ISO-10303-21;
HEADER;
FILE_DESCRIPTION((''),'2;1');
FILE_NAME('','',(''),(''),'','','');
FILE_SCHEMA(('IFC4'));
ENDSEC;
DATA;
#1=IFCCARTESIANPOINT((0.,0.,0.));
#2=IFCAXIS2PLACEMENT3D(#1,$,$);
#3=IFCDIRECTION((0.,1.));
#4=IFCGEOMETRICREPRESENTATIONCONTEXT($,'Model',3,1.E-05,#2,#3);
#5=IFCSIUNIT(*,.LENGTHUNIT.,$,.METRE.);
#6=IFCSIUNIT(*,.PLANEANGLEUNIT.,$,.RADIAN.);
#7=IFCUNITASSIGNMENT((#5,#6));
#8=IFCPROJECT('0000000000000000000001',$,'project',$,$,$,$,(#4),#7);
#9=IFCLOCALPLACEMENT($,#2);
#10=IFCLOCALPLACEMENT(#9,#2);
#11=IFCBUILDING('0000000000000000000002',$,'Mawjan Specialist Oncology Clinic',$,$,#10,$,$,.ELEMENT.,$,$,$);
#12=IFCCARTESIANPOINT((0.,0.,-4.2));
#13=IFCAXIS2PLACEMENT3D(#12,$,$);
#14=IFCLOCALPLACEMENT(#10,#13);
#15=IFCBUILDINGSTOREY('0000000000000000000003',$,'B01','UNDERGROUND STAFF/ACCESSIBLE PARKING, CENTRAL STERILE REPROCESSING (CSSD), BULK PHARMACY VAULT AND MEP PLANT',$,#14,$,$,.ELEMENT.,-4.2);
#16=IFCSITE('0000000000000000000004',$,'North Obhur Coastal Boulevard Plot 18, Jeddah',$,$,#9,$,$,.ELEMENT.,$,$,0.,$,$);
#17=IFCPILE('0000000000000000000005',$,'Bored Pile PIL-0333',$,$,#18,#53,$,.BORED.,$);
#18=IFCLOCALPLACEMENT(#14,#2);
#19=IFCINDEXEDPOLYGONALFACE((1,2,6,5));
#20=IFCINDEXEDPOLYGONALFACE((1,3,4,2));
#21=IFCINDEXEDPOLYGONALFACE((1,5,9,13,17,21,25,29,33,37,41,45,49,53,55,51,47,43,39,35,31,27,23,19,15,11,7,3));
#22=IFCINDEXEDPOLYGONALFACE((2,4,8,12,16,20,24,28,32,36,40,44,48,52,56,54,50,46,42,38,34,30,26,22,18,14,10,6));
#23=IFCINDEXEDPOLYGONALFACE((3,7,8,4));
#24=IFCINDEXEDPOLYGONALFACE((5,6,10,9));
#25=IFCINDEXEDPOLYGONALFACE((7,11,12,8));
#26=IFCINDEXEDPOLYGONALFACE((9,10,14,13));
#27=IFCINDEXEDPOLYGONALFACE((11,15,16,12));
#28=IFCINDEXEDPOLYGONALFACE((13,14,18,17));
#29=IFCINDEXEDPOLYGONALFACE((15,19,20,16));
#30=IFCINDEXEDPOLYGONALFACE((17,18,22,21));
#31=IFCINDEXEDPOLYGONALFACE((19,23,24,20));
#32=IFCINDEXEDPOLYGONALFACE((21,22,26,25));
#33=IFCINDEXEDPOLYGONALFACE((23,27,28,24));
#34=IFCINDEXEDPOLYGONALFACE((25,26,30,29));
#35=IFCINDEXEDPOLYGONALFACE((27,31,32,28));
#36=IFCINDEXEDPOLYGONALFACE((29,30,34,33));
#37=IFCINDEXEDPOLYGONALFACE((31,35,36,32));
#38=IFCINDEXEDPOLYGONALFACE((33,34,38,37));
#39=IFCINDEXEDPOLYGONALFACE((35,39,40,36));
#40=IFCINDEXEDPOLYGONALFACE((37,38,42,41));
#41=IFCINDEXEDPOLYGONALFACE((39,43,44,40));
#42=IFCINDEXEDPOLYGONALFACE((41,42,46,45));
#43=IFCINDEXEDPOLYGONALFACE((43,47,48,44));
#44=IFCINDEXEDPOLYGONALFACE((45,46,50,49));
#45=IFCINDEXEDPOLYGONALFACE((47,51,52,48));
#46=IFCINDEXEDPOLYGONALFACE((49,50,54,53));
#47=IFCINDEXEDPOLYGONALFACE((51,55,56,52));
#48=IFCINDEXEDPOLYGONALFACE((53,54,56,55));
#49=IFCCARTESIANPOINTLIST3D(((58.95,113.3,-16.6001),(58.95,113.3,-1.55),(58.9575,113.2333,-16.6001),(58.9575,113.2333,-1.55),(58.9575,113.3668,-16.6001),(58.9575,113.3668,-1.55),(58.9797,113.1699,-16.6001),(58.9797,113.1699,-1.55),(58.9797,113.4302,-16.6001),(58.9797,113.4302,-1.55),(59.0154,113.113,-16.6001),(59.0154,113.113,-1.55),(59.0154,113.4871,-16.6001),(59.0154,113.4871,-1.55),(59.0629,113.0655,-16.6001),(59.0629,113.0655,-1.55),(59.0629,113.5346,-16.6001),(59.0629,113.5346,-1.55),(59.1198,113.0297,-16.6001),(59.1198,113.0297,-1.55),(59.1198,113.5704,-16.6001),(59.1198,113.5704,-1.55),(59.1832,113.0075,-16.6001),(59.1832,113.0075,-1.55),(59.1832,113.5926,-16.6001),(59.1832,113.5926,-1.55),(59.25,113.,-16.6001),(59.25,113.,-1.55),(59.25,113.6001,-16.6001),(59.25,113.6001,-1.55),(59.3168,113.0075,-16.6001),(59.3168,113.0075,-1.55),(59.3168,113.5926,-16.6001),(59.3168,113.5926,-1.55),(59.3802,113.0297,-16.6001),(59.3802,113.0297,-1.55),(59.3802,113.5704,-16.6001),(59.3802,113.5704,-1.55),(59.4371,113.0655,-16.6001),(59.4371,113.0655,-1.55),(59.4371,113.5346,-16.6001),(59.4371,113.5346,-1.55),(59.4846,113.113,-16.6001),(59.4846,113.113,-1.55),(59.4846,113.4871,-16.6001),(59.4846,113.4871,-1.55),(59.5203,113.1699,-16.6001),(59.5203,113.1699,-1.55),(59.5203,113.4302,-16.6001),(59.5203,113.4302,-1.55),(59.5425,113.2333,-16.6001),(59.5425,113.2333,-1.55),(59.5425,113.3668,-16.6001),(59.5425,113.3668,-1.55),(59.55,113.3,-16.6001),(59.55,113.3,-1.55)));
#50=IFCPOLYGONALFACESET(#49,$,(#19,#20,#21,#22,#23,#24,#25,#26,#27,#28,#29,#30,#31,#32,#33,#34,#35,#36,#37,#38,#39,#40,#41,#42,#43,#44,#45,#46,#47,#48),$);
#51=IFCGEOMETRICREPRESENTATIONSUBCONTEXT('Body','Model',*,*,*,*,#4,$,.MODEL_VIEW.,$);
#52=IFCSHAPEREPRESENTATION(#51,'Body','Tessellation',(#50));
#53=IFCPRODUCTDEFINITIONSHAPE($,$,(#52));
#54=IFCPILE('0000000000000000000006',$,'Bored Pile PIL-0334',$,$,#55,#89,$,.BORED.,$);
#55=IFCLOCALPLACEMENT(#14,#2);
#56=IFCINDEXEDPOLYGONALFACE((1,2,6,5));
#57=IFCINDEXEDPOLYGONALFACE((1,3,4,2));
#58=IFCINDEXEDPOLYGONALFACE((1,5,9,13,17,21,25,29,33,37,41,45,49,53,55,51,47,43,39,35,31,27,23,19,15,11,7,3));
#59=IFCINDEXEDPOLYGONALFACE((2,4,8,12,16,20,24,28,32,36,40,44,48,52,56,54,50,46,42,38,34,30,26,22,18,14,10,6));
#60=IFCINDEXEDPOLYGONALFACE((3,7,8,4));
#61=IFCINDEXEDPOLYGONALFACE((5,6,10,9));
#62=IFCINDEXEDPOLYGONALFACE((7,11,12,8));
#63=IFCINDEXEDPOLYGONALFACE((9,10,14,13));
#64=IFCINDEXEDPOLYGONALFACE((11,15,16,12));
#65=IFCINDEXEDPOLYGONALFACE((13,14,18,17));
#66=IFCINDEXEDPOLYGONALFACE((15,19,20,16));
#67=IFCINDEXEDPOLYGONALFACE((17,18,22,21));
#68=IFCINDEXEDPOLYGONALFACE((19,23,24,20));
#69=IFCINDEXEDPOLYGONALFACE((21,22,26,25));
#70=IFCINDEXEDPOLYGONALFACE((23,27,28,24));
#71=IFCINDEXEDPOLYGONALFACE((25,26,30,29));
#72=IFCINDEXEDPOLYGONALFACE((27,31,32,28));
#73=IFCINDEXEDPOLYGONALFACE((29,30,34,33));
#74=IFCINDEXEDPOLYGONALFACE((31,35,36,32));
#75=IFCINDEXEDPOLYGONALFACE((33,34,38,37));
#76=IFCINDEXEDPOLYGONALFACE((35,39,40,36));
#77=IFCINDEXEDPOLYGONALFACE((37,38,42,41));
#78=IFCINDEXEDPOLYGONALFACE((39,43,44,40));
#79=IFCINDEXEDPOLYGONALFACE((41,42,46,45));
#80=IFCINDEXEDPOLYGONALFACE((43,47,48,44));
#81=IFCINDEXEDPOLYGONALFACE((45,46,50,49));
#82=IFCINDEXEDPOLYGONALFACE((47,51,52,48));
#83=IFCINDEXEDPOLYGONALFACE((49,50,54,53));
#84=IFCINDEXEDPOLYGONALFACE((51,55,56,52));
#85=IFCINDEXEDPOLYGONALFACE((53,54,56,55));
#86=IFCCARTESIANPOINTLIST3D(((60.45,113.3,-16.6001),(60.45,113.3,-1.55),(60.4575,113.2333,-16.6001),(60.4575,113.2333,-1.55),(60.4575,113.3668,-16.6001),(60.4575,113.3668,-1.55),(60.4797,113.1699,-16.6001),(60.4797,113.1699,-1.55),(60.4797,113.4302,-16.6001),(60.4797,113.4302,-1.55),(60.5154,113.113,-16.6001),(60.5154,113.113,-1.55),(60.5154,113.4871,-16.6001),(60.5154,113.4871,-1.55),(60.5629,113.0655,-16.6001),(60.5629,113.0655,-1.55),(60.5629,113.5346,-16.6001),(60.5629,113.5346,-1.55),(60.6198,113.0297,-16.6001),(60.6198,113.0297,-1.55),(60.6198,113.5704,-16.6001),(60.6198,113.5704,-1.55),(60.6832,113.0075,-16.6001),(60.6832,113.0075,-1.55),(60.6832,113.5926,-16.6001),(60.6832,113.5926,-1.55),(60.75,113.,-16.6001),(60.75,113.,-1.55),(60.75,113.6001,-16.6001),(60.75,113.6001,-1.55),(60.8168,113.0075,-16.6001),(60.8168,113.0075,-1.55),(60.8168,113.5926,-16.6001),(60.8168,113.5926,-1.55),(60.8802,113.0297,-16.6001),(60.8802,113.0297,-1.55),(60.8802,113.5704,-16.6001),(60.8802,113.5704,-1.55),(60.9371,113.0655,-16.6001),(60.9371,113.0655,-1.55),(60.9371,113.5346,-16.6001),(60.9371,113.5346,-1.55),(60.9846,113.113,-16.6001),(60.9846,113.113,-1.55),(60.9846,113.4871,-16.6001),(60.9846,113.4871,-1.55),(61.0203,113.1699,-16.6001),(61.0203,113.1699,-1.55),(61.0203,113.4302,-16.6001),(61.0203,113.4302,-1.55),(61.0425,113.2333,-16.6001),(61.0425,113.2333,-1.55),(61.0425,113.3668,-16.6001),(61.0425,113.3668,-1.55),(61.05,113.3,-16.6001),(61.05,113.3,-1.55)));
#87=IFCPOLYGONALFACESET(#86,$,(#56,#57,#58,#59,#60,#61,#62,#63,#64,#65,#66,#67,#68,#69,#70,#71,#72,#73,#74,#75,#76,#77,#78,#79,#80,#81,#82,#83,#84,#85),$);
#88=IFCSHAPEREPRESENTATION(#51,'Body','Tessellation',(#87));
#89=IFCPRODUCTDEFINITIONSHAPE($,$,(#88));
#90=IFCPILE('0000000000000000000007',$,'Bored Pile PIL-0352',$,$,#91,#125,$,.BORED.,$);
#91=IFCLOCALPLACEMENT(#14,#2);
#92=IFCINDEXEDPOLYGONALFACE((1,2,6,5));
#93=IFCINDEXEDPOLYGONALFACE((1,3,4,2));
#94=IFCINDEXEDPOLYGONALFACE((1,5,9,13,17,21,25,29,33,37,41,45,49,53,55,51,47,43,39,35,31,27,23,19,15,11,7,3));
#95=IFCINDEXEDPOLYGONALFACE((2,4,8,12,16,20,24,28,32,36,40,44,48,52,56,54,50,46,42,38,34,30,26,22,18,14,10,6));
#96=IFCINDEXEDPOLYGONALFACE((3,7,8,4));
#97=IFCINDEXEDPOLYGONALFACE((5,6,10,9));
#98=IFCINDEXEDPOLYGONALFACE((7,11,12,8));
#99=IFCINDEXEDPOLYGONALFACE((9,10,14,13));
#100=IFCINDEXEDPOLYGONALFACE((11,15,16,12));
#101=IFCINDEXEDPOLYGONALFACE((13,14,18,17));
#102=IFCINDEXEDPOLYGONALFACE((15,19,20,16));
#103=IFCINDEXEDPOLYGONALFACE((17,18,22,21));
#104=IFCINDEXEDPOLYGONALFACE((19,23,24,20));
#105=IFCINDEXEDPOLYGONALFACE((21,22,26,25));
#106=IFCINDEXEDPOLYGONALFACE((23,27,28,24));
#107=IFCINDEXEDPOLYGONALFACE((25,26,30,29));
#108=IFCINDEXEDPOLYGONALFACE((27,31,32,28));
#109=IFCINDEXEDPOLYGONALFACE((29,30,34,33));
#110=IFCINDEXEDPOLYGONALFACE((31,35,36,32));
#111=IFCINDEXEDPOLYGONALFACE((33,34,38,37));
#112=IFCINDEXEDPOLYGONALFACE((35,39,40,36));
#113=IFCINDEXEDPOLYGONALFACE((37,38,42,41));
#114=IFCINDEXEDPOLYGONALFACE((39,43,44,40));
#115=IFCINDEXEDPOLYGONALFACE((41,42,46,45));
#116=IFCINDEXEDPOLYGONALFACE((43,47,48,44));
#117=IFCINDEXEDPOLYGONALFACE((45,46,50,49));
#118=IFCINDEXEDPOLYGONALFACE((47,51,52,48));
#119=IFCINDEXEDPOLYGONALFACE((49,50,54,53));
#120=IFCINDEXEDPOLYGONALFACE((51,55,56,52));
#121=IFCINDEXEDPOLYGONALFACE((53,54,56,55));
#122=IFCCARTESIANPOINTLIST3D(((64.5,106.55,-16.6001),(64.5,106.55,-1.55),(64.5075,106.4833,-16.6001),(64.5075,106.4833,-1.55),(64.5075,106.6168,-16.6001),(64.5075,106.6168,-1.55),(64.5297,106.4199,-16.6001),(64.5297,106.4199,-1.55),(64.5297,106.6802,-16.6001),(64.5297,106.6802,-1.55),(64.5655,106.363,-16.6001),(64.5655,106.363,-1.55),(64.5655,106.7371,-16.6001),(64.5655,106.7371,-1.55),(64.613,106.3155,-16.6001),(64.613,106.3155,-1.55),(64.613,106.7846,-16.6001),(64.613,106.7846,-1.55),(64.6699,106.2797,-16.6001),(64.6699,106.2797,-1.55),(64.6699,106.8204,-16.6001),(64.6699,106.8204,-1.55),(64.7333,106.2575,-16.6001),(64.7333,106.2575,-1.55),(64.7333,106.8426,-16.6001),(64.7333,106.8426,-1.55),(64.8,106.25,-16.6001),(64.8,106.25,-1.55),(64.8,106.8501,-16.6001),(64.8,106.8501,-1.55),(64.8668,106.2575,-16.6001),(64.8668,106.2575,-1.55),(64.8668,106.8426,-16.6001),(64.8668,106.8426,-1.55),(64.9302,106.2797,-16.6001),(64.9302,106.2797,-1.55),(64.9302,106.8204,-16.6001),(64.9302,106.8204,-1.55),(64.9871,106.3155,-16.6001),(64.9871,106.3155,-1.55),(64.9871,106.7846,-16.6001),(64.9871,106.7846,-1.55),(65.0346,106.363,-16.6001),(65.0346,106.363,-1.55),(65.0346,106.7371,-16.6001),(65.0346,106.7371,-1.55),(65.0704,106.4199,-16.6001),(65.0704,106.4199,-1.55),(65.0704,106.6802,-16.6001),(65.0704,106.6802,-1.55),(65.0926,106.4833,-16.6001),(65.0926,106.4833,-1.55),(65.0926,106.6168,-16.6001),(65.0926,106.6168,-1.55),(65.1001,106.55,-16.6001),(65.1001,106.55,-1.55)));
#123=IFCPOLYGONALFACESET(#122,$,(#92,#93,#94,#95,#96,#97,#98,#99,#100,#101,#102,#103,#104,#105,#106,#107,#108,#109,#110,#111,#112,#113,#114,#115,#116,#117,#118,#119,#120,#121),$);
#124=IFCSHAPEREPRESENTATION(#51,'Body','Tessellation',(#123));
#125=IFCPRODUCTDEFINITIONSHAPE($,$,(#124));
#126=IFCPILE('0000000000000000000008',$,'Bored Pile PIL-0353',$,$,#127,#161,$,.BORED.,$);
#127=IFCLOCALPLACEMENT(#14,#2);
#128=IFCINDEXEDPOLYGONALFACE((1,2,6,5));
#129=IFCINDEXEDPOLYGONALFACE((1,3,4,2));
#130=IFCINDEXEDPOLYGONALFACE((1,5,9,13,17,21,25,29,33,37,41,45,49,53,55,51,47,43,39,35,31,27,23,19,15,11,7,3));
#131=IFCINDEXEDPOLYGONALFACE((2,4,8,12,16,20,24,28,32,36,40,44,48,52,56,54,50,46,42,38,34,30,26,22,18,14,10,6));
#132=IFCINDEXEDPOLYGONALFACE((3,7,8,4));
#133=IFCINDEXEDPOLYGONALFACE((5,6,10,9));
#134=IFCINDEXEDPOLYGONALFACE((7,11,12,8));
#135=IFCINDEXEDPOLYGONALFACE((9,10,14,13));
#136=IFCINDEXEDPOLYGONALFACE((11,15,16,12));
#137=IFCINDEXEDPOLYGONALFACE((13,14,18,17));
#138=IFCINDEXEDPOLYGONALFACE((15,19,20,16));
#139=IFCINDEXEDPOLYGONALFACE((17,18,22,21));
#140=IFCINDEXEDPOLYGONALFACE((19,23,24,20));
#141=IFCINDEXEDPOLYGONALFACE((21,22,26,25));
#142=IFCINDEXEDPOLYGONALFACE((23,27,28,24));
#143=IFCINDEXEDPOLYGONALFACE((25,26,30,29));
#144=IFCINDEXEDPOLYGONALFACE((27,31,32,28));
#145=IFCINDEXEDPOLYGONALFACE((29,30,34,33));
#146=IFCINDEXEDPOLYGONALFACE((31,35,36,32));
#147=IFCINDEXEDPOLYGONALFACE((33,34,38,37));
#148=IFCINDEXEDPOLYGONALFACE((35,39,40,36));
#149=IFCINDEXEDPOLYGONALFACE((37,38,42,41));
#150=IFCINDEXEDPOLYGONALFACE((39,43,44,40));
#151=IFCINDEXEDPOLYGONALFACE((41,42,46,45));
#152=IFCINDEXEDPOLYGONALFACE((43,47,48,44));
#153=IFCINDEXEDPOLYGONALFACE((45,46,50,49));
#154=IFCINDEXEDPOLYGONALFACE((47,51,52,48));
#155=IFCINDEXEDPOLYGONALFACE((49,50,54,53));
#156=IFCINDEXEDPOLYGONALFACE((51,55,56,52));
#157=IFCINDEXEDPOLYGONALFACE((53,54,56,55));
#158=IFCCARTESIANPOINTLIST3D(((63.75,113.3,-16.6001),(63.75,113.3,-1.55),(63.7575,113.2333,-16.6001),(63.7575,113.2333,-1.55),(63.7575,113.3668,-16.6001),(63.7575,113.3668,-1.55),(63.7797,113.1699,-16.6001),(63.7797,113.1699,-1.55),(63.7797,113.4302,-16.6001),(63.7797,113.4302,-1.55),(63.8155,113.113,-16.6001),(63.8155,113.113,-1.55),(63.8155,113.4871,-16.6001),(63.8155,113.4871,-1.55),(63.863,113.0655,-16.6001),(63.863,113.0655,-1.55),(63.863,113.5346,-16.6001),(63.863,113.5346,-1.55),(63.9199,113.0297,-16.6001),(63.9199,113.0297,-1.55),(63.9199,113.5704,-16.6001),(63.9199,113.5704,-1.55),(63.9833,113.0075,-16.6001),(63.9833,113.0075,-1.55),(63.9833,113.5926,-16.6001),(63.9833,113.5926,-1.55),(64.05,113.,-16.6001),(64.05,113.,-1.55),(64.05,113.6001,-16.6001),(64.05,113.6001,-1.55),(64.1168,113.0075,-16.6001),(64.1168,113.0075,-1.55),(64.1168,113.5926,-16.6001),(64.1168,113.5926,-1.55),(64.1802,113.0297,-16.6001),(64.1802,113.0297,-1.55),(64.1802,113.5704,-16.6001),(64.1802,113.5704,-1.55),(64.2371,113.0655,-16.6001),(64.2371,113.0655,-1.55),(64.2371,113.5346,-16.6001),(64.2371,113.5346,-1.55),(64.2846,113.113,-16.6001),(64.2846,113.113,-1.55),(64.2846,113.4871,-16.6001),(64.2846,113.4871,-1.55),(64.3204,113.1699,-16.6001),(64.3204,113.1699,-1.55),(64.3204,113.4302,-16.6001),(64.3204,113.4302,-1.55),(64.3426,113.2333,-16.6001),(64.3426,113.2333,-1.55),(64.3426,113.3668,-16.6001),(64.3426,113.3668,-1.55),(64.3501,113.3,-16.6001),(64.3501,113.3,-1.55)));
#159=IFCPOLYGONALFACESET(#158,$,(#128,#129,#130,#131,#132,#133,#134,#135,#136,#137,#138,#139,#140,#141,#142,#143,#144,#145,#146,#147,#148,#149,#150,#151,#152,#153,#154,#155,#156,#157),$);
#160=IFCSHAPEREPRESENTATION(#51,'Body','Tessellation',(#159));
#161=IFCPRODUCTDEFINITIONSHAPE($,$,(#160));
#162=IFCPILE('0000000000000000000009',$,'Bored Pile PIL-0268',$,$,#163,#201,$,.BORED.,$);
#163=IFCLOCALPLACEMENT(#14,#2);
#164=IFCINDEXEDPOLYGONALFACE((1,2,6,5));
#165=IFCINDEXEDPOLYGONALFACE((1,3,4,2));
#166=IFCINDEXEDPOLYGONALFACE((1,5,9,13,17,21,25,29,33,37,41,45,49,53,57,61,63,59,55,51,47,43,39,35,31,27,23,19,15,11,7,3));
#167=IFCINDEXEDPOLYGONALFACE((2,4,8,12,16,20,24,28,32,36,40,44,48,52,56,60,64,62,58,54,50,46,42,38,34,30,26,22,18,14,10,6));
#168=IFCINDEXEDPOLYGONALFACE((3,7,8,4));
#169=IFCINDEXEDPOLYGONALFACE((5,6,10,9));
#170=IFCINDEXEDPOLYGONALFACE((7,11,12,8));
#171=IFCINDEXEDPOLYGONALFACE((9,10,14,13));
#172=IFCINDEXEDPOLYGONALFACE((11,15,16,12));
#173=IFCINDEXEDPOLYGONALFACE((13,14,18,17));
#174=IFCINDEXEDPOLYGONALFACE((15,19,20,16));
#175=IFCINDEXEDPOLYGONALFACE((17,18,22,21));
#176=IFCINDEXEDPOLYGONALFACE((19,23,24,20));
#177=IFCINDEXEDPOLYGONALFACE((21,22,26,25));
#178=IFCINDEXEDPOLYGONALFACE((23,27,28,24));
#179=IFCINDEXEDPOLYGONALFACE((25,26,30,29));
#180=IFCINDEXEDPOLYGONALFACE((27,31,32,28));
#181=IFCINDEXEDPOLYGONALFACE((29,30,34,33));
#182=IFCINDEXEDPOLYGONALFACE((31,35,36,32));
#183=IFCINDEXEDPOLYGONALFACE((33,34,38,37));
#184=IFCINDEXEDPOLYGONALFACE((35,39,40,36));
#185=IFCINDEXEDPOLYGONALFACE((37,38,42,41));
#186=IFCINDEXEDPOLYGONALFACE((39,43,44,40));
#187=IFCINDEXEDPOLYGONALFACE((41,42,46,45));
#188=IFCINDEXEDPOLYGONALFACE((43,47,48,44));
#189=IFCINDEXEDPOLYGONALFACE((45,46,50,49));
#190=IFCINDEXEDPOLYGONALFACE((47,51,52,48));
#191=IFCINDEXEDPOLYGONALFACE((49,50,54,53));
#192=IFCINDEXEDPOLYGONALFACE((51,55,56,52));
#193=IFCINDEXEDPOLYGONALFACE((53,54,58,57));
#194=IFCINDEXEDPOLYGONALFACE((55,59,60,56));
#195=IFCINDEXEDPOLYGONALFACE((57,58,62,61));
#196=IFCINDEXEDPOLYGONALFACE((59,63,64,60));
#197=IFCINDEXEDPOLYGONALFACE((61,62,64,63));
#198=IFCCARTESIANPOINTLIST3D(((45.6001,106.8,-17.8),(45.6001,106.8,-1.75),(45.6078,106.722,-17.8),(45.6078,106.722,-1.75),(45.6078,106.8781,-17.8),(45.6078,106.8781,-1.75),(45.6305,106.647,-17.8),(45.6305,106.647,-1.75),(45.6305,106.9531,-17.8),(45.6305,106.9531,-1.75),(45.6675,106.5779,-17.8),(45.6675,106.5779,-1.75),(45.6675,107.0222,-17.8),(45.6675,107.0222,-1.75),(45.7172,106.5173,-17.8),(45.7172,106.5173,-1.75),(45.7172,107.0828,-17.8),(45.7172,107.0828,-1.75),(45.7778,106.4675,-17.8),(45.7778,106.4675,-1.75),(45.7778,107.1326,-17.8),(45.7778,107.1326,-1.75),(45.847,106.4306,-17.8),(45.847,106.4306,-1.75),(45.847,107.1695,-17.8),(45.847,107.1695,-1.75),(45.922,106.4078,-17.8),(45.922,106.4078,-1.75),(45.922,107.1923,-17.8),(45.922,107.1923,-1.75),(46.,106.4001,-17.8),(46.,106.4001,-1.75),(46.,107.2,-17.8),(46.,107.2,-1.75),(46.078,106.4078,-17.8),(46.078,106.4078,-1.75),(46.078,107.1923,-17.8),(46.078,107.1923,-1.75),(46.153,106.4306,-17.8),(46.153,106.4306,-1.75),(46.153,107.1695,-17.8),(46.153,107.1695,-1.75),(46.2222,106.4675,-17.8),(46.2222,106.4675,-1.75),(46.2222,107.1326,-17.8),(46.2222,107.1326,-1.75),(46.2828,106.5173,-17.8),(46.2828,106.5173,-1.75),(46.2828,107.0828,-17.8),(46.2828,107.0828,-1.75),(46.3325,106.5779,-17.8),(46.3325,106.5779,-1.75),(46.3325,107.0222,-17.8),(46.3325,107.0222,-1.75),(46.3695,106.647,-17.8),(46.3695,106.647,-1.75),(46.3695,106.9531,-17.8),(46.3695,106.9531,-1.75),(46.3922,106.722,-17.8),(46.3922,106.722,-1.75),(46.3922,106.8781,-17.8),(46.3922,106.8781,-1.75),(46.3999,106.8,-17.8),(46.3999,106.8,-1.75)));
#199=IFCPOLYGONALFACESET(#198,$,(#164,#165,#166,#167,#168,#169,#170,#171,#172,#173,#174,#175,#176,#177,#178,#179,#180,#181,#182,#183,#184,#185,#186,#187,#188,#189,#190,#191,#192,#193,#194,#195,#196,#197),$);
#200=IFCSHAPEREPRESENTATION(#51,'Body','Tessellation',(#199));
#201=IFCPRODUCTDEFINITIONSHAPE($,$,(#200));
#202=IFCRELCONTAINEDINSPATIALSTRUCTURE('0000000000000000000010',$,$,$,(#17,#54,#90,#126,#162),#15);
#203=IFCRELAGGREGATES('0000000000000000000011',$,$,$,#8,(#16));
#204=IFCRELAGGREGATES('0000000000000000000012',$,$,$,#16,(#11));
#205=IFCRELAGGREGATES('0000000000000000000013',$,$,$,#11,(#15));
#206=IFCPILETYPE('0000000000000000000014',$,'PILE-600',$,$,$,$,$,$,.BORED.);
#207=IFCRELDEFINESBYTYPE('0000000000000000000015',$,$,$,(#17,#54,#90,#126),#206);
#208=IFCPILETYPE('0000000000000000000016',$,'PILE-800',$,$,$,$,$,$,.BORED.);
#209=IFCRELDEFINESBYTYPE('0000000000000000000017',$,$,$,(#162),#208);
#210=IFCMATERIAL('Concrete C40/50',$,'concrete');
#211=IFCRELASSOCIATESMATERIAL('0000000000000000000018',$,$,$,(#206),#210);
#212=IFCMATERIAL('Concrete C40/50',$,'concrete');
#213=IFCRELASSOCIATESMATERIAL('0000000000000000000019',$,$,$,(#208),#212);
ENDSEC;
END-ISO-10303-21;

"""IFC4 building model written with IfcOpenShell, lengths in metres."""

from ifc_helpers import new_model, si_unit, direction, frame, origin, origin_2d, place, context, subcontext, project, spatial, circle, extrude, material, material_profile, profile_set, type_object, element, save


model = new_model("IFC4")

# Units and contexts
model_context = context("Model", 3, precision=1e-05, world=origin(), true_north=direction((0.0, 1.0)))
body_context = subcontext(model_context, "Body", "Model", "MODEL_VIEW")
ifc_project = project(units=[si_unit("LENGTHUNIT", "METRE"), si_unit("PLANEANGLEUNIT", "RADIAN")], contexts=[model_context])

# Site, building, storey
site_placement = place(None, origin())
site = spatial("IfcSite", under=ifc_project, at=site_placement, Name="North Obhur Coastal Boulevard Plot 18, Jeddah", CompositionType="ELEMENT", RefElevation=0.0)
building_placement = place(site_placement, origin())
building = spatial("IfcBuilding", under=site, at=building_placement, Name="Mawjan Specialist Oncology Clinic", CompositionType="ELEMENT")
storey_placement = place(building_placement, frame((0.0, 0.0, -4.2)))
storey = spatial("IfcBuildingStorey", under=building, at=storey_placement, Name="B01", Description="UNDERGROUND STAFF/ACCESSIBLE PARKING, CENTRAL STERILE REPROCESSING (CSSD), BULK PHARMACY VAULT AND MEP PLANT", CompositionType="ELEMENT", Elevation=-4.2)

# Piles
ifc_material_1 = material(Name="Concrete C40/50", Category="concrete")
ifc_material_profile_1 = material_profile(ifc_material_1, circle(Radius=0.3, at=origin_2d()), Name="BORED PILE D600", Category="concrete")
ifc_profile_set_1 = profile_set([ifc_material_profile_1], Name="Concrete C40/50")
pile_type_1 = type_object("IfcPileType", Name="PILE-600", PredefinedType="BORED", material=ifc_profile_set_1)
for number, where, z_axis, x_axis, name in (
    (1, (59.25, 113.3, -1.55), (0.0, 0.0, -1.0), (1.0, 0.0, 0.0), "Bored Pile PIL-0333"),
    (2, (60.75, 113.3, -1.55), (0.0, 0.0, -1.0), (1.0, 0.0, 0.0), "Bored Pile PIL-0334"),
    (3, (64.8, 106.55, -1.55), (0.0, 0.0, -1.0), (1.0, 0.0, 0.0), "Bored Pile PIL-0352"),
    (4, (64.05, 113.3, -1.55), (0.0, 0.0, -1.0), (1.0, 0.0, 0.0), "Bored Pile PIL-0353"),
):
    element("IfcPile", number, at=place(storey_placement, frame(where, z_axis=z_axis, x_axis=x_axis)), inside=storey, type_object=pile_type_1, Name=name, PredefinedType="BORED", context=body_context, shape_type="SweptSolid", body=[
        extrude(circle(Radius=0.3, at=origin_2d()), origin(), (0.0, 0.0, 1.0), 15.05),
    ])
ifc_material_2 = material(Name="Concrete C40/50", Category="concrete")
ifc_material_profile_2 = material_profile(ifc_material_2, circle(Radius=0.3999, at=origin_2d()), Name="BORED PILE D800", Category="concrete")
ifc_profile_set_2 = profile_set([ifc_material_profile_2], Name="Concrete C40/50")
pile_type_2 = type_object("IfcPileType", Name="PILE-800", PredefinedType="BORED", material=ifc_profile_set_2)
for number, where, z_axis, x_axis, name in (
    (5, (46.0, 106.8, -1.75), (0.0, 0.0, -1.0), (1.0, 0.0, 0.0), "Bored Pile PIL-0268"),
):
    element("IfcPile", number, at=place(storey_placement, frame(where, z_axis=z_axis, x_axis=x_axis)), inside=storey, type_object=pile_type_2, Name=name, PredefinedType="BORED", context=body_context, shape_type="SweptSolid", body=[
        extrude(circle(Radius=0.3999, at=origin_2d()), origin(), (0.0, 0.0, 1.0), 16.05),
    ])

save(model, "model.ifc")
